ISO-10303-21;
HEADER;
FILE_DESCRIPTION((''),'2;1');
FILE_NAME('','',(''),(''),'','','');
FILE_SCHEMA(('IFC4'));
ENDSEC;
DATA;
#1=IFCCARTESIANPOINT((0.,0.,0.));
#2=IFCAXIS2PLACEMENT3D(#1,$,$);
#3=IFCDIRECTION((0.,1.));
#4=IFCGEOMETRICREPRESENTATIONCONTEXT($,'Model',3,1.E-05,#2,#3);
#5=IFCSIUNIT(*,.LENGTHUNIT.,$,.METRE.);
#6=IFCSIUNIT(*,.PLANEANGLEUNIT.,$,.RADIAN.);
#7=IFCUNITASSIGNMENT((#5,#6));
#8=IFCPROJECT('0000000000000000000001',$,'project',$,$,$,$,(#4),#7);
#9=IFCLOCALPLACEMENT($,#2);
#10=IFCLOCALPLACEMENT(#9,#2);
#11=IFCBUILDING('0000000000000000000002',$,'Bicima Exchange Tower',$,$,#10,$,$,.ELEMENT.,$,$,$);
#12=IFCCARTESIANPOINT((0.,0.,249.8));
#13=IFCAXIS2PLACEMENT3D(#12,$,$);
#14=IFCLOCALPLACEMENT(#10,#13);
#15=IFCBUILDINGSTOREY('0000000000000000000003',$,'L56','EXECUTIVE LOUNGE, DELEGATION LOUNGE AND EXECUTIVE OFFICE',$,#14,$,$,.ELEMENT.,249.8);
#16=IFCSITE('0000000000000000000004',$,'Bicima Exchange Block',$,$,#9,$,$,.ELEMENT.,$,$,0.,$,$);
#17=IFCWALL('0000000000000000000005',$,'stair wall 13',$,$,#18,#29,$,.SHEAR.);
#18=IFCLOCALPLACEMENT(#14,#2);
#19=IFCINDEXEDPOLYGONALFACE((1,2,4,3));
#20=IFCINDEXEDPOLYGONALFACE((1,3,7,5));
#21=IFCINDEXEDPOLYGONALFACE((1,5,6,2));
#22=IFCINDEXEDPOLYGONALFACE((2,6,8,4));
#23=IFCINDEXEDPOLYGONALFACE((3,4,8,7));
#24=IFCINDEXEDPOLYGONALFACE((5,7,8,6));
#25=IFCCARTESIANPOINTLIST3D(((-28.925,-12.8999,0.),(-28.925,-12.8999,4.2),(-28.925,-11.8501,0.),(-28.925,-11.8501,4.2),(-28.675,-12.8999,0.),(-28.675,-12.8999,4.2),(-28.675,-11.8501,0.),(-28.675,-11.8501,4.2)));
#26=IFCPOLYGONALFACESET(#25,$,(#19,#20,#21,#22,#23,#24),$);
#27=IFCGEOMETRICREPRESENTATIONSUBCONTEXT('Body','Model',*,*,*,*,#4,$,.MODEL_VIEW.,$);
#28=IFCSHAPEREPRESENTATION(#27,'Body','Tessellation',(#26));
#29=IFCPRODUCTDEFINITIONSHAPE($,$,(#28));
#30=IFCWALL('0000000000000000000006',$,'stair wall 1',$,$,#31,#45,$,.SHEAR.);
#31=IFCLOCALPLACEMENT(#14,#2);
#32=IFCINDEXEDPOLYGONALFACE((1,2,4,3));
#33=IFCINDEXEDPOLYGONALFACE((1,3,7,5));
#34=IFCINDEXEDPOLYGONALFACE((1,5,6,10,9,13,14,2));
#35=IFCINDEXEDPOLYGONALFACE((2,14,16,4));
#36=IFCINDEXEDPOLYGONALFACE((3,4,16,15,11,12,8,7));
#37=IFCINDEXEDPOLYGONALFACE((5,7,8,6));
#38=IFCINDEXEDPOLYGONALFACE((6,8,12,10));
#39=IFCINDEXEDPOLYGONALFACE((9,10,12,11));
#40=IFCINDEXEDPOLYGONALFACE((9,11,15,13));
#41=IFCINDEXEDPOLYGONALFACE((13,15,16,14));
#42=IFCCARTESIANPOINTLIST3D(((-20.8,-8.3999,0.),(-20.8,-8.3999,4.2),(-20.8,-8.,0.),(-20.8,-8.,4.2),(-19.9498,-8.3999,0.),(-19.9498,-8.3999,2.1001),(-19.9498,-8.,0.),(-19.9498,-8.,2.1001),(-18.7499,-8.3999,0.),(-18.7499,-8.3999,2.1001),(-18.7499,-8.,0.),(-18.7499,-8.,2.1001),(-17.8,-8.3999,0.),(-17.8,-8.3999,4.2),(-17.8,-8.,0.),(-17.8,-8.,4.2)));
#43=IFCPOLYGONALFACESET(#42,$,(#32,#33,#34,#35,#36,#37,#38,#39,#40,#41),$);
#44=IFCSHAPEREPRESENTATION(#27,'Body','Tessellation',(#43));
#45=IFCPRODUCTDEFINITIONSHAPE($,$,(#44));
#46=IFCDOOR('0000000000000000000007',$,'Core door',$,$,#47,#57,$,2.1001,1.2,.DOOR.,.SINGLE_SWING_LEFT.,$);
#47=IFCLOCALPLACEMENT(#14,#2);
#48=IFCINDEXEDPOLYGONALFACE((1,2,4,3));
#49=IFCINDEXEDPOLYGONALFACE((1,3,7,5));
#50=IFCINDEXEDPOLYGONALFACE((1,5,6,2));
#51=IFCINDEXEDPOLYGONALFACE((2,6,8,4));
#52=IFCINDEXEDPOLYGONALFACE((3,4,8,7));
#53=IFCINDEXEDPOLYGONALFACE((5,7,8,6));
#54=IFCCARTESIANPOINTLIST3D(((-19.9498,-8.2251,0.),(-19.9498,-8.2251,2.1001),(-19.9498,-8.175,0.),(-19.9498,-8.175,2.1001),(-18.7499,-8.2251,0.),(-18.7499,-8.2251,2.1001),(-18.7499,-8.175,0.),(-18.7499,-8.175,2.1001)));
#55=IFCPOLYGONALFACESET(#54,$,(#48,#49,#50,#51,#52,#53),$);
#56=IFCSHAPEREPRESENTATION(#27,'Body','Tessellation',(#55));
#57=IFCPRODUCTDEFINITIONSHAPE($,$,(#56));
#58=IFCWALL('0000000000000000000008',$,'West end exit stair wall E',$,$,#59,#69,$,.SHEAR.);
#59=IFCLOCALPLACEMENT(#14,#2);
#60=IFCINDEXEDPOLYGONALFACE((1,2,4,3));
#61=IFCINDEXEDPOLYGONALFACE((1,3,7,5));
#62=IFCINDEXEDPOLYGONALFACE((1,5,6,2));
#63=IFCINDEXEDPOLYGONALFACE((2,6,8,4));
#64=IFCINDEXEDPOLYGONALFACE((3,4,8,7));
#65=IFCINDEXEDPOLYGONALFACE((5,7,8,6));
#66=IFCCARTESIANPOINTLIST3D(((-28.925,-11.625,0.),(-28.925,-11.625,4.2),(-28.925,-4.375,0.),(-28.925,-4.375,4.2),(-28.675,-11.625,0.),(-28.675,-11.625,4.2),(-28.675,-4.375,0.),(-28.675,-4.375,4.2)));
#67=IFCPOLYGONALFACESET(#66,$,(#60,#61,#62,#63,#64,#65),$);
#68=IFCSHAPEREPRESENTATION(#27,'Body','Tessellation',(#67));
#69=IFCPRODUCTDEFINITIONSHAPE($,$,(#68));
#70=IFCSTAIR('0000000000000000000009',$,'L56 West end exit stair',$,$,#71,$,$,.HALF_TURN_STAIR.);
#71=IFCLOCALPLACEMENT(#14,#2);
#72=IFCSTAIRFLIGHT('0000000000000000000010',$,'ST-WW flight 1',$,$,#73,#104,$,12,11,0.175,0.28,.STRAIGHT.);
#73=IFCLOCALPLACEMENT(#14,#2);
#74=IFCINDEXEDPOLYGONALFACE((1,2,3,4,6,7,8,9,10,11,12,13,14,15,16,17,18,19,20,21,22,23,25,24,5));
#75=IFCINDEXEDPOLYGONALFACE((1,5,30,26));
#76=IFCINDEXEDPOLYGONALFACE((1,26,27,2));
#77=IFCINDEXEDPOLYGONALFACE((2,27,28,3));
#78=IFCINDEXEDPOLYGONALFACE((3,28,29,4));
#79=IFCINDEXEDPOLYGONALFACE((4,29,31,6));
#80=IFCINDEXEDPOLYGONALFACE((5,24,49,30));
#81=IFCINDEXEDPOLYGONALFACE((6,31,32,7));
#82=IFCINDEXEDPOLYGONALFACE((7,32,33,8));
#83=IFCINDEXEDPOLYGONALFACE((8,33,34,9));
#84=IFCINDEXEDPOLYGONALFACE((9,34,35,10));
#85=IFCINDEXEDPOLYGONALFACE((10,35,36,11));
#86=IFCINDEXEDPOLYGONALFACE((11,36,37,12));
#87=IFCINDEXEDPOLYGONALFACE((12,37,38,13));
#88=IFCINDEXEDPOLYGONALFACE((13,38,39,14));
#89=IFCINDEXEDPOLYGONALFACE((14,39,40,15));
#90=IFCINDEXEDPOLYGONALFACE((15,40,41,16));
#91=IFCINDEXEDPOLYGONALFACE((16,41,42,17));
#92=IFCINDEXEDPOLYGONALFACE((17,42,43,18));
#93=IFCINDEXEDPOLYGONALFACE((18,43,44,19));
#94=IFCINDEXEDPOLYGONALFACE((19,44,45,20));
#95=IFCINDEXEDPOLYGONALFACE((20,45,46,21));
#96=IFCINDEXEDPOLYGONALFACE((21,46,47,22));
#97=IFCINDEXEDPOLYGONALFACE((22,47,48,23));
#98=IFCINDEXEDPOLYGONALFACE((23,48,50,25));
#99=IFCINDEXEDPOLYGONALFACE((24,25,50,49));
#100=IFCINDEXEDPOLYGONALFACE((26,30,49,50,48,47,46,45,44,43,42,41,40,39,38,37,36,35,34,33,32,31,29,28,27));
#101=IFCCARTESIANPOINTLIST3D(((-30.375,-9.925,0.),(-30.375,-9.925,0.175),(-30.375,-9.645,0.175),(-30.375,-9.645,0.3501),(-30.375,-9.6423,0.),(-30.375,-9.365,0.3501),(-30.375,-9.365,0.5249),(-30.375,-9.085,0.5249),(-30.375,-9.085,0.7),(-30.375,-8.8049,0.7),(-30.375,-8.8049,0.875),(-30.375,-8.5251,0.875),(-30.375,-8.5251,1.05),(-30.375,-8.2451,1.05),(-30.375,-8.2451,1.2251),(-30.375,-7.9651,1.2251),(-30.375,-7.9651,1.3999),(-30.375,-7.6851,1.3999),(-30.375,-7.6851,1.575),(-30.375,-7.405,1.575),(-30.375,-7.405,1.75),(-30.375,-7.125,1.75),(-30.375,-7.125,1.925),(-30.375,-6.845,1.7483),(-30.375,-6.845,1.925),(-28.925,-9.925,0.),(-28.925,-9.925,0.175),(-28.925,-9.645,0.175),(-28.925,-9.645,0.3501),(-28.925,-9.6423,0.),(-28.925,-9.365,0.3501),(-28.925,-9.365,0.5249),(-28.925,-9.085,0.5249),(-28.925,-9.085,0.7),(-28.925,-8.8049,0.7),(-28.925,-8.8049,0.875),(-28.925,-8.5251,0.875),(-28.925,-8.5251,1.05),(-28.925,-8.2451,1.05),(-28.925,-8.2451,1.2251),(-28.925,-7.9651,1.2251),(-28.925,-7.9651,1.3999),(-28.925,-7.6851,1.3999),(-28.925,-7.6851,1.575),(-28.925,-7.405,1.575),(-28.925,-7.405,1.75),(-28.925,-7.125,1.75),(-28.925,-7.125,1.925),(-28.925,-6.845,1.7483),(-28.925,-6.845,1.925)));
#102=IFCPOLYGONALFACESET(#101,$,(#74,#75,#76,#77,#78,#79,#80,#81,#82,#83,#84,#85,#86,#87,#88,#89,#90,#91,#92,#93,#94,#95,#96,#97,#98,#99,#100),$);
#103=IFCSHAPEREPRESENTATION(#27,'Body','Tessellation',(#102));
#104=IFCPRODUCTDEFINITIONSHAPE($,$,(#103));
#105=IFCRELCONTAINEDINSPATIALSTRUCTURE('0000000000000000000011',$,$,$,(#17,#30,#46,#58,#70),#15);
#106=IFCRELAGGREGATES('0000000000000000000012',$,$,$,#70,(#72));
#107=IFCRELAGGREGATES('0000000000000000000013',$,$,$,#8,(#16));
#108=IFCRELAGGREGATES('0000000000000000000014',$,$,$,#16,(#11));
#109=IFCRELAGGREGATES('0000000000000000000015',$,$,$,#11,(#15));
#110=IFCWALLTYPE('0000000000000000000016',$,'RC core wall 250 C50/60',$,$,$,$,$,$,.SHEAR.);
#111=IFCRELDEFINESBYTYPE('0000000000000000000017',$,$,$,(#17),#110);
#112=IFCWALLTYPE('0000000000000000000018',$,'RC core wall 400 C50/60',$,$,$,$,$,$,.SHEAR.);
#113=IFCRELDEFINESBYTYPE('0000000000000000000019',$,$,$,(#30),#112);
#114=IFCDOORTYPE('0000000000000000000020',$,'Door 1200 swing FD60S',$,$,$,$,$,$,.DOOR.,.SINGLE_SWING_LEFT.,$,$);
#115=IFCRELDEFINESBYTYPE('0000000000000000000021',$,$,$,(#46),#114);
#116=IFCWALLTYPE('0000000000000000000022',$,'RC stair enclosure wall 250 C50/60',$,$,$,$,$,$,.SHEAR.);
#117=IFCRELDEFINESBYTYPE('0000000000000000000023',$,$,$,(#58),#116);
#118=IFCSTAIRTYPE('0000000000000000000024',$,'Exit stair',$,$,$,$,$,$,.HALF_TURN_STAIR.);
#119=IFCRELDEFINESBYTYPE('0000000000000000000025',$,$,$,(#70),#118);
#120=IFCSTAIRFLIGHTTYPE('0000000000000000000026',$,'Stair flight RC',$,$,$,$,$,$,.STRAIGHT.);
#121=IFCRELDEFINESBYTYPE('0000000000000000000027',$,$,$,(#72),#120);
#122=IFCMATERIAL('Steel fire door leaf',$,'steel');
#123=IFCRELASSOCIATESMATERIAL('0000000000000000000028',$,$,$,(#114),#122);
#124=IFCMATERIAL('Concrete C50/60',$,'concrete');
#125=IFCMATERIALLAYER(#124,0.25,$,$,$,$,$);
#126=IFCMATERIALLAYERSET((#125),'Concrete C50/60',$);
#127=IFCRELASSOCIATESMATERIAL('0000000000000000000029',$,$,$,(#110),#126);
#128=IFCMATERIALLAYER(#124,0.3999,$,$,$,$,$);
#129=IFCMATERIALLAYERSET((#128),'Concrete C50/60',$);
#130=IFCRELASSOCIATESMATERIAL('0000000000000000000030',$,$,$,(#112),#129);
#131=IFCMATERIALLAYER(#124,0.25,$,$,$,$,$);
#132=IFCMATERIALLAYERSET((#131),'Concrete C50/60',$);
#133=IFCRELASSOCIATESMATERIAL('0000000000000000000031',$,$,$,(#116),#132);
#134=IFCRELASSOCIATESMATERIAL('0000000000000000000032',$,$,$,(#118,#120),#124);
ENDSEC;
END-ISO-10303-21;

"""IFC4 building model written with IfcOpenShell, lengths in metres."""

from ifc_helpers import new_model, si_unit, direction, frame, frame_2d, origin, place, context, subcontext, project, spatial, polyline, rectangle, outline, extrude, material, layer, layer_set, type_object, element, fill, aggregate, save


model = new_model("IFC4")

# Units and contexts
model_context = context("Model", 3, precision=1e-05, world=origin(), true_north=direction((0.0, 1.0)))
body_context = subcontext(model_context, "Body", "Model", "MODEL_VIEW")
ifc_project = project(units=[si_unit("LENGTHUNIT", "METRE"), si_unit("PLANEANGLEUNIT", "RADIAN")], contexts=[model_context])

# Site, building, storey
site_placement = place(None, origin())
site = spatial("IfcSite", under=ifc_project, at=site_placement, Name="Bicima Exchange Block", CompositionType="ELEMENT", RefElevation=0.0)
building_placement = place(site_placement, origin())
building = spatial("IfcBuilding", under=site, at=building_placement, Name="Bicima Exchange Tower", CompositionType="ELEMENT")
storey_placement = place(building_placement, frame((0.0, 0.0, 249.8)))
storey = spatial("IfcBuildingStorey", under=building, at=storey_placement, Name="L56", Description="EXECUTIVE LOUNGE, DELEGATION LOUNGE AND EXECUTIVE OFFICE", CompositionType="ELEMENT", Elevation=249.8)

# Shared definitions
ifc_material_1 = material(Name="Steel fire door leaf", Category="steel")
door_type_1 = type_object("IfcDoorType", Name="Door 1200 swing FD60S", OperationType="SINGLE_SWING_LEFT", PredefinedType="DOOR", material=ifc_material_1)

# Wall
ifc_material_2 = material(Name="Concrete C50/60", Category="concrete")
ifc_layer_1 = layer(ifc_material_2, 0.25)
ifc_layer_set_1 = layer_set([ifc_layer_1], Name="Concrete C50/60")
wall_type_1 = type_object("IfcWallType", Name="RC core wall 250 C50/60", PredefinedType="SHEAR", material=ifc_layer_set_1)
wall_1_placement = place(storey_placement, frame((-28.8, -12.8999, 0.0), z_axis=(0.0, 0.0, 1.0), x_axis=(0.0, 1.0, 0.0)))
element("IfcWall", 1, at=wall_1_placement, inside=storey, type_object=wall_type_1, Name="stair wall 13", PredefinedType="SHEAR", context=body_context, shape_type="SweptSolid", body=[
    extrude(rectangle(XDim=1.0498, YDim=0.25, at=frame_2d((0.5249, 0.0))), origin(), (0.0, 0.0, 1.0), 4.2),
])

# Wall, opening, door
ifc_layer_2 = layer(ifc_material_2, 0.3999)
ifc_layer_set_2 = layer_set([ifc_layer_2], Name="Concrete C50/60")
wall_type_2 = type_object("IfcWallType", Name="RC core wall 400 C50/60", PredefinedType="SHEAR", material=ifc_layer_set_2)
wall_2_placement = place(storey_placement, frame((-20.8, -8.2, 0.0), z_axis=(0.0, 0.0, 1.0), x_axis=(1.0, 0.0, 0.0)))
wall_2 = element("IfcWall", 2, at=wall_2_placement, inside=storey, type_object=wall_type_2, Name="stair wall 1", PredefinedType="SHEAR", context=body_context, shape_type="SweptSolid", body=[
    extrude(rectangle(XDim=3.0, YDim=0.3999, at=frame_2d((1.5, 0.0))), origin(), (0.0, 0.0, 1.0), 4.2),
])
opening_1_placement = place(wall_2_placement, frame((0.8501, 0.0, 0.0)))
opening_1 = element("IfcOpeningElement", 3, at=opening_1_placement, cuts=wall_2, PredefinedType="OPENING", context=body_context, shape_type="SweptSolid", body=[
    extrude(rectangle(XDim=1.2, YDim=2.1001, at=frame_2d((0.6001, 1.05))), frame((0.0, 0.2119, 0.0), z_axis=(0.0, -1.0, 0.0), x_axis=(1.0, 0.0, 0.0)), (0.0, 0.0, 1.0), 0.4238),
])
door_1_placement = place(opening_1_placement, origin())
door_1 = element("IfcDoor", 4, at=door_1_placement, inside=storey, type_object=door_type_1, Name="Core door", OperationType="SINGLE_SWING_LEFT", OverallHeight=2.1001, OverallWidth=1.2, PredefinedType="DOOR", context=body_context, shape_type="SweptSolid", body=[
    extrude(rectangle(XDim=1.2, YDim=2.1001, at=frame_2d((0.6001, 1.05))), frame((0.0, 0.0249, 0.0), z_axis=(0.0, -1.0, 0.0), x_axis=(1.0, 0.0, 0.0)), (0.0, 0.0, 1.0), 0.05),
])
fill(opening_1, door_1)

# Wall
ifc_layer_3 = layer(ifc_material_2, 0.25)
ifc_layer_set_3 = layer_set([ifc_layer_3], Name="Concrete C50/60")
wall_type_3 = type_object("IfcWallType", Name="RC stair enclosure wall 250 C50/60", PredefinedType="SHEAR", material=ifc_layer_set_3)
wall_3_placement = place(storey_placement, frame((-28.8, -11.625, 0.0), z_axis=(0.0, 0.0, 1.0), x_axis=(0.0, 1.0, 0.0)))
element("IfcWall", 5, at=wall_3_placement, inside=storey, type_object=wall_type_3, Name="West end exit stair wall E", PredefinedType="SHEAR", context=body_context, shape_type="SweptSolid", body=[
    extrude(rectangle(XDim=7.25, YDim=0.25, at=frame_2d((3.625, 0.0))), origin(), (0.0, 0.0, 1.0), 4.2),
])

# Stair, stair flight
stair_type = type_object("IfcStairType", Name="Exit stair", PredefinedType="HALF_TURN_STAIR", material=ifc_material_2)
stair_placement = place(storey_placement, origin())
stair = element("IfcStair", 6, at=stair_placement, inside=storey, type_object=stair_type, Name="L56 West end exit stair", PredefinedType="HALF_TURN_STAIR")
stair_flight_type = type_object("IfcStairFlightType", Name="Stair flight RC", PredefinedType="STRAIGHT", material=ifc_material_2)
stair_flight_placement = place(storey_placement, frame((-29.6499, -9.925, 0.0), z_axis=(0.0, 0.0, 1.0), x_axis=(0.0, 1.0, 0.0)))
stair_flight = element("IfcStairFlight", 7, at=stair_flight_placement, type_object=stair_flight_type, Name="ST-WW flight 1", NumberOfRisers=12, NumberOfTreads=11, PredefinedType="STRAIGHT", RiserHeight=0.175, TreadLength=0.28, context=body_context, shape_type="SweptSolid", body=[
    extrude(outline(polyline([(0.0, 0.0), (0.0, 0.175), (0.28, 0.175), (0.28, 0.3501), (0.5601, 0.3501), (0.5601, 0.5249), (0.8401, 0.5249), (0.8401, 0.7), (1.1201, 0.7), (1.1201, 0.875), (1.3999, 0.875), (1.3999, 1.05), (1.6799, 1.05), (1.6799, 1.2251), (1.96, 1.2251), (1.96, 1.3999), (2.24, 1.3999), (2.24, 1.575), (2.52, 1.575), (2.52, 1.75), (2.8, 1.75), (2.8, 1.925), (3.0801, 1.925), (3.0801, 2.1001), (3.0801, 1.7483), (0.2827, 0.0), (0.0, 0.0)])), frame((0.0, 0.7251, 0.0), z_axis=(0.0, -1.0, 0.0), x_axis=(1.0, 0.0, 0.0)), (0.0, 0.0, 1.0), 1.45),
])
aggregate(stair, [stair_flight])

save(model, "model.ifc")
